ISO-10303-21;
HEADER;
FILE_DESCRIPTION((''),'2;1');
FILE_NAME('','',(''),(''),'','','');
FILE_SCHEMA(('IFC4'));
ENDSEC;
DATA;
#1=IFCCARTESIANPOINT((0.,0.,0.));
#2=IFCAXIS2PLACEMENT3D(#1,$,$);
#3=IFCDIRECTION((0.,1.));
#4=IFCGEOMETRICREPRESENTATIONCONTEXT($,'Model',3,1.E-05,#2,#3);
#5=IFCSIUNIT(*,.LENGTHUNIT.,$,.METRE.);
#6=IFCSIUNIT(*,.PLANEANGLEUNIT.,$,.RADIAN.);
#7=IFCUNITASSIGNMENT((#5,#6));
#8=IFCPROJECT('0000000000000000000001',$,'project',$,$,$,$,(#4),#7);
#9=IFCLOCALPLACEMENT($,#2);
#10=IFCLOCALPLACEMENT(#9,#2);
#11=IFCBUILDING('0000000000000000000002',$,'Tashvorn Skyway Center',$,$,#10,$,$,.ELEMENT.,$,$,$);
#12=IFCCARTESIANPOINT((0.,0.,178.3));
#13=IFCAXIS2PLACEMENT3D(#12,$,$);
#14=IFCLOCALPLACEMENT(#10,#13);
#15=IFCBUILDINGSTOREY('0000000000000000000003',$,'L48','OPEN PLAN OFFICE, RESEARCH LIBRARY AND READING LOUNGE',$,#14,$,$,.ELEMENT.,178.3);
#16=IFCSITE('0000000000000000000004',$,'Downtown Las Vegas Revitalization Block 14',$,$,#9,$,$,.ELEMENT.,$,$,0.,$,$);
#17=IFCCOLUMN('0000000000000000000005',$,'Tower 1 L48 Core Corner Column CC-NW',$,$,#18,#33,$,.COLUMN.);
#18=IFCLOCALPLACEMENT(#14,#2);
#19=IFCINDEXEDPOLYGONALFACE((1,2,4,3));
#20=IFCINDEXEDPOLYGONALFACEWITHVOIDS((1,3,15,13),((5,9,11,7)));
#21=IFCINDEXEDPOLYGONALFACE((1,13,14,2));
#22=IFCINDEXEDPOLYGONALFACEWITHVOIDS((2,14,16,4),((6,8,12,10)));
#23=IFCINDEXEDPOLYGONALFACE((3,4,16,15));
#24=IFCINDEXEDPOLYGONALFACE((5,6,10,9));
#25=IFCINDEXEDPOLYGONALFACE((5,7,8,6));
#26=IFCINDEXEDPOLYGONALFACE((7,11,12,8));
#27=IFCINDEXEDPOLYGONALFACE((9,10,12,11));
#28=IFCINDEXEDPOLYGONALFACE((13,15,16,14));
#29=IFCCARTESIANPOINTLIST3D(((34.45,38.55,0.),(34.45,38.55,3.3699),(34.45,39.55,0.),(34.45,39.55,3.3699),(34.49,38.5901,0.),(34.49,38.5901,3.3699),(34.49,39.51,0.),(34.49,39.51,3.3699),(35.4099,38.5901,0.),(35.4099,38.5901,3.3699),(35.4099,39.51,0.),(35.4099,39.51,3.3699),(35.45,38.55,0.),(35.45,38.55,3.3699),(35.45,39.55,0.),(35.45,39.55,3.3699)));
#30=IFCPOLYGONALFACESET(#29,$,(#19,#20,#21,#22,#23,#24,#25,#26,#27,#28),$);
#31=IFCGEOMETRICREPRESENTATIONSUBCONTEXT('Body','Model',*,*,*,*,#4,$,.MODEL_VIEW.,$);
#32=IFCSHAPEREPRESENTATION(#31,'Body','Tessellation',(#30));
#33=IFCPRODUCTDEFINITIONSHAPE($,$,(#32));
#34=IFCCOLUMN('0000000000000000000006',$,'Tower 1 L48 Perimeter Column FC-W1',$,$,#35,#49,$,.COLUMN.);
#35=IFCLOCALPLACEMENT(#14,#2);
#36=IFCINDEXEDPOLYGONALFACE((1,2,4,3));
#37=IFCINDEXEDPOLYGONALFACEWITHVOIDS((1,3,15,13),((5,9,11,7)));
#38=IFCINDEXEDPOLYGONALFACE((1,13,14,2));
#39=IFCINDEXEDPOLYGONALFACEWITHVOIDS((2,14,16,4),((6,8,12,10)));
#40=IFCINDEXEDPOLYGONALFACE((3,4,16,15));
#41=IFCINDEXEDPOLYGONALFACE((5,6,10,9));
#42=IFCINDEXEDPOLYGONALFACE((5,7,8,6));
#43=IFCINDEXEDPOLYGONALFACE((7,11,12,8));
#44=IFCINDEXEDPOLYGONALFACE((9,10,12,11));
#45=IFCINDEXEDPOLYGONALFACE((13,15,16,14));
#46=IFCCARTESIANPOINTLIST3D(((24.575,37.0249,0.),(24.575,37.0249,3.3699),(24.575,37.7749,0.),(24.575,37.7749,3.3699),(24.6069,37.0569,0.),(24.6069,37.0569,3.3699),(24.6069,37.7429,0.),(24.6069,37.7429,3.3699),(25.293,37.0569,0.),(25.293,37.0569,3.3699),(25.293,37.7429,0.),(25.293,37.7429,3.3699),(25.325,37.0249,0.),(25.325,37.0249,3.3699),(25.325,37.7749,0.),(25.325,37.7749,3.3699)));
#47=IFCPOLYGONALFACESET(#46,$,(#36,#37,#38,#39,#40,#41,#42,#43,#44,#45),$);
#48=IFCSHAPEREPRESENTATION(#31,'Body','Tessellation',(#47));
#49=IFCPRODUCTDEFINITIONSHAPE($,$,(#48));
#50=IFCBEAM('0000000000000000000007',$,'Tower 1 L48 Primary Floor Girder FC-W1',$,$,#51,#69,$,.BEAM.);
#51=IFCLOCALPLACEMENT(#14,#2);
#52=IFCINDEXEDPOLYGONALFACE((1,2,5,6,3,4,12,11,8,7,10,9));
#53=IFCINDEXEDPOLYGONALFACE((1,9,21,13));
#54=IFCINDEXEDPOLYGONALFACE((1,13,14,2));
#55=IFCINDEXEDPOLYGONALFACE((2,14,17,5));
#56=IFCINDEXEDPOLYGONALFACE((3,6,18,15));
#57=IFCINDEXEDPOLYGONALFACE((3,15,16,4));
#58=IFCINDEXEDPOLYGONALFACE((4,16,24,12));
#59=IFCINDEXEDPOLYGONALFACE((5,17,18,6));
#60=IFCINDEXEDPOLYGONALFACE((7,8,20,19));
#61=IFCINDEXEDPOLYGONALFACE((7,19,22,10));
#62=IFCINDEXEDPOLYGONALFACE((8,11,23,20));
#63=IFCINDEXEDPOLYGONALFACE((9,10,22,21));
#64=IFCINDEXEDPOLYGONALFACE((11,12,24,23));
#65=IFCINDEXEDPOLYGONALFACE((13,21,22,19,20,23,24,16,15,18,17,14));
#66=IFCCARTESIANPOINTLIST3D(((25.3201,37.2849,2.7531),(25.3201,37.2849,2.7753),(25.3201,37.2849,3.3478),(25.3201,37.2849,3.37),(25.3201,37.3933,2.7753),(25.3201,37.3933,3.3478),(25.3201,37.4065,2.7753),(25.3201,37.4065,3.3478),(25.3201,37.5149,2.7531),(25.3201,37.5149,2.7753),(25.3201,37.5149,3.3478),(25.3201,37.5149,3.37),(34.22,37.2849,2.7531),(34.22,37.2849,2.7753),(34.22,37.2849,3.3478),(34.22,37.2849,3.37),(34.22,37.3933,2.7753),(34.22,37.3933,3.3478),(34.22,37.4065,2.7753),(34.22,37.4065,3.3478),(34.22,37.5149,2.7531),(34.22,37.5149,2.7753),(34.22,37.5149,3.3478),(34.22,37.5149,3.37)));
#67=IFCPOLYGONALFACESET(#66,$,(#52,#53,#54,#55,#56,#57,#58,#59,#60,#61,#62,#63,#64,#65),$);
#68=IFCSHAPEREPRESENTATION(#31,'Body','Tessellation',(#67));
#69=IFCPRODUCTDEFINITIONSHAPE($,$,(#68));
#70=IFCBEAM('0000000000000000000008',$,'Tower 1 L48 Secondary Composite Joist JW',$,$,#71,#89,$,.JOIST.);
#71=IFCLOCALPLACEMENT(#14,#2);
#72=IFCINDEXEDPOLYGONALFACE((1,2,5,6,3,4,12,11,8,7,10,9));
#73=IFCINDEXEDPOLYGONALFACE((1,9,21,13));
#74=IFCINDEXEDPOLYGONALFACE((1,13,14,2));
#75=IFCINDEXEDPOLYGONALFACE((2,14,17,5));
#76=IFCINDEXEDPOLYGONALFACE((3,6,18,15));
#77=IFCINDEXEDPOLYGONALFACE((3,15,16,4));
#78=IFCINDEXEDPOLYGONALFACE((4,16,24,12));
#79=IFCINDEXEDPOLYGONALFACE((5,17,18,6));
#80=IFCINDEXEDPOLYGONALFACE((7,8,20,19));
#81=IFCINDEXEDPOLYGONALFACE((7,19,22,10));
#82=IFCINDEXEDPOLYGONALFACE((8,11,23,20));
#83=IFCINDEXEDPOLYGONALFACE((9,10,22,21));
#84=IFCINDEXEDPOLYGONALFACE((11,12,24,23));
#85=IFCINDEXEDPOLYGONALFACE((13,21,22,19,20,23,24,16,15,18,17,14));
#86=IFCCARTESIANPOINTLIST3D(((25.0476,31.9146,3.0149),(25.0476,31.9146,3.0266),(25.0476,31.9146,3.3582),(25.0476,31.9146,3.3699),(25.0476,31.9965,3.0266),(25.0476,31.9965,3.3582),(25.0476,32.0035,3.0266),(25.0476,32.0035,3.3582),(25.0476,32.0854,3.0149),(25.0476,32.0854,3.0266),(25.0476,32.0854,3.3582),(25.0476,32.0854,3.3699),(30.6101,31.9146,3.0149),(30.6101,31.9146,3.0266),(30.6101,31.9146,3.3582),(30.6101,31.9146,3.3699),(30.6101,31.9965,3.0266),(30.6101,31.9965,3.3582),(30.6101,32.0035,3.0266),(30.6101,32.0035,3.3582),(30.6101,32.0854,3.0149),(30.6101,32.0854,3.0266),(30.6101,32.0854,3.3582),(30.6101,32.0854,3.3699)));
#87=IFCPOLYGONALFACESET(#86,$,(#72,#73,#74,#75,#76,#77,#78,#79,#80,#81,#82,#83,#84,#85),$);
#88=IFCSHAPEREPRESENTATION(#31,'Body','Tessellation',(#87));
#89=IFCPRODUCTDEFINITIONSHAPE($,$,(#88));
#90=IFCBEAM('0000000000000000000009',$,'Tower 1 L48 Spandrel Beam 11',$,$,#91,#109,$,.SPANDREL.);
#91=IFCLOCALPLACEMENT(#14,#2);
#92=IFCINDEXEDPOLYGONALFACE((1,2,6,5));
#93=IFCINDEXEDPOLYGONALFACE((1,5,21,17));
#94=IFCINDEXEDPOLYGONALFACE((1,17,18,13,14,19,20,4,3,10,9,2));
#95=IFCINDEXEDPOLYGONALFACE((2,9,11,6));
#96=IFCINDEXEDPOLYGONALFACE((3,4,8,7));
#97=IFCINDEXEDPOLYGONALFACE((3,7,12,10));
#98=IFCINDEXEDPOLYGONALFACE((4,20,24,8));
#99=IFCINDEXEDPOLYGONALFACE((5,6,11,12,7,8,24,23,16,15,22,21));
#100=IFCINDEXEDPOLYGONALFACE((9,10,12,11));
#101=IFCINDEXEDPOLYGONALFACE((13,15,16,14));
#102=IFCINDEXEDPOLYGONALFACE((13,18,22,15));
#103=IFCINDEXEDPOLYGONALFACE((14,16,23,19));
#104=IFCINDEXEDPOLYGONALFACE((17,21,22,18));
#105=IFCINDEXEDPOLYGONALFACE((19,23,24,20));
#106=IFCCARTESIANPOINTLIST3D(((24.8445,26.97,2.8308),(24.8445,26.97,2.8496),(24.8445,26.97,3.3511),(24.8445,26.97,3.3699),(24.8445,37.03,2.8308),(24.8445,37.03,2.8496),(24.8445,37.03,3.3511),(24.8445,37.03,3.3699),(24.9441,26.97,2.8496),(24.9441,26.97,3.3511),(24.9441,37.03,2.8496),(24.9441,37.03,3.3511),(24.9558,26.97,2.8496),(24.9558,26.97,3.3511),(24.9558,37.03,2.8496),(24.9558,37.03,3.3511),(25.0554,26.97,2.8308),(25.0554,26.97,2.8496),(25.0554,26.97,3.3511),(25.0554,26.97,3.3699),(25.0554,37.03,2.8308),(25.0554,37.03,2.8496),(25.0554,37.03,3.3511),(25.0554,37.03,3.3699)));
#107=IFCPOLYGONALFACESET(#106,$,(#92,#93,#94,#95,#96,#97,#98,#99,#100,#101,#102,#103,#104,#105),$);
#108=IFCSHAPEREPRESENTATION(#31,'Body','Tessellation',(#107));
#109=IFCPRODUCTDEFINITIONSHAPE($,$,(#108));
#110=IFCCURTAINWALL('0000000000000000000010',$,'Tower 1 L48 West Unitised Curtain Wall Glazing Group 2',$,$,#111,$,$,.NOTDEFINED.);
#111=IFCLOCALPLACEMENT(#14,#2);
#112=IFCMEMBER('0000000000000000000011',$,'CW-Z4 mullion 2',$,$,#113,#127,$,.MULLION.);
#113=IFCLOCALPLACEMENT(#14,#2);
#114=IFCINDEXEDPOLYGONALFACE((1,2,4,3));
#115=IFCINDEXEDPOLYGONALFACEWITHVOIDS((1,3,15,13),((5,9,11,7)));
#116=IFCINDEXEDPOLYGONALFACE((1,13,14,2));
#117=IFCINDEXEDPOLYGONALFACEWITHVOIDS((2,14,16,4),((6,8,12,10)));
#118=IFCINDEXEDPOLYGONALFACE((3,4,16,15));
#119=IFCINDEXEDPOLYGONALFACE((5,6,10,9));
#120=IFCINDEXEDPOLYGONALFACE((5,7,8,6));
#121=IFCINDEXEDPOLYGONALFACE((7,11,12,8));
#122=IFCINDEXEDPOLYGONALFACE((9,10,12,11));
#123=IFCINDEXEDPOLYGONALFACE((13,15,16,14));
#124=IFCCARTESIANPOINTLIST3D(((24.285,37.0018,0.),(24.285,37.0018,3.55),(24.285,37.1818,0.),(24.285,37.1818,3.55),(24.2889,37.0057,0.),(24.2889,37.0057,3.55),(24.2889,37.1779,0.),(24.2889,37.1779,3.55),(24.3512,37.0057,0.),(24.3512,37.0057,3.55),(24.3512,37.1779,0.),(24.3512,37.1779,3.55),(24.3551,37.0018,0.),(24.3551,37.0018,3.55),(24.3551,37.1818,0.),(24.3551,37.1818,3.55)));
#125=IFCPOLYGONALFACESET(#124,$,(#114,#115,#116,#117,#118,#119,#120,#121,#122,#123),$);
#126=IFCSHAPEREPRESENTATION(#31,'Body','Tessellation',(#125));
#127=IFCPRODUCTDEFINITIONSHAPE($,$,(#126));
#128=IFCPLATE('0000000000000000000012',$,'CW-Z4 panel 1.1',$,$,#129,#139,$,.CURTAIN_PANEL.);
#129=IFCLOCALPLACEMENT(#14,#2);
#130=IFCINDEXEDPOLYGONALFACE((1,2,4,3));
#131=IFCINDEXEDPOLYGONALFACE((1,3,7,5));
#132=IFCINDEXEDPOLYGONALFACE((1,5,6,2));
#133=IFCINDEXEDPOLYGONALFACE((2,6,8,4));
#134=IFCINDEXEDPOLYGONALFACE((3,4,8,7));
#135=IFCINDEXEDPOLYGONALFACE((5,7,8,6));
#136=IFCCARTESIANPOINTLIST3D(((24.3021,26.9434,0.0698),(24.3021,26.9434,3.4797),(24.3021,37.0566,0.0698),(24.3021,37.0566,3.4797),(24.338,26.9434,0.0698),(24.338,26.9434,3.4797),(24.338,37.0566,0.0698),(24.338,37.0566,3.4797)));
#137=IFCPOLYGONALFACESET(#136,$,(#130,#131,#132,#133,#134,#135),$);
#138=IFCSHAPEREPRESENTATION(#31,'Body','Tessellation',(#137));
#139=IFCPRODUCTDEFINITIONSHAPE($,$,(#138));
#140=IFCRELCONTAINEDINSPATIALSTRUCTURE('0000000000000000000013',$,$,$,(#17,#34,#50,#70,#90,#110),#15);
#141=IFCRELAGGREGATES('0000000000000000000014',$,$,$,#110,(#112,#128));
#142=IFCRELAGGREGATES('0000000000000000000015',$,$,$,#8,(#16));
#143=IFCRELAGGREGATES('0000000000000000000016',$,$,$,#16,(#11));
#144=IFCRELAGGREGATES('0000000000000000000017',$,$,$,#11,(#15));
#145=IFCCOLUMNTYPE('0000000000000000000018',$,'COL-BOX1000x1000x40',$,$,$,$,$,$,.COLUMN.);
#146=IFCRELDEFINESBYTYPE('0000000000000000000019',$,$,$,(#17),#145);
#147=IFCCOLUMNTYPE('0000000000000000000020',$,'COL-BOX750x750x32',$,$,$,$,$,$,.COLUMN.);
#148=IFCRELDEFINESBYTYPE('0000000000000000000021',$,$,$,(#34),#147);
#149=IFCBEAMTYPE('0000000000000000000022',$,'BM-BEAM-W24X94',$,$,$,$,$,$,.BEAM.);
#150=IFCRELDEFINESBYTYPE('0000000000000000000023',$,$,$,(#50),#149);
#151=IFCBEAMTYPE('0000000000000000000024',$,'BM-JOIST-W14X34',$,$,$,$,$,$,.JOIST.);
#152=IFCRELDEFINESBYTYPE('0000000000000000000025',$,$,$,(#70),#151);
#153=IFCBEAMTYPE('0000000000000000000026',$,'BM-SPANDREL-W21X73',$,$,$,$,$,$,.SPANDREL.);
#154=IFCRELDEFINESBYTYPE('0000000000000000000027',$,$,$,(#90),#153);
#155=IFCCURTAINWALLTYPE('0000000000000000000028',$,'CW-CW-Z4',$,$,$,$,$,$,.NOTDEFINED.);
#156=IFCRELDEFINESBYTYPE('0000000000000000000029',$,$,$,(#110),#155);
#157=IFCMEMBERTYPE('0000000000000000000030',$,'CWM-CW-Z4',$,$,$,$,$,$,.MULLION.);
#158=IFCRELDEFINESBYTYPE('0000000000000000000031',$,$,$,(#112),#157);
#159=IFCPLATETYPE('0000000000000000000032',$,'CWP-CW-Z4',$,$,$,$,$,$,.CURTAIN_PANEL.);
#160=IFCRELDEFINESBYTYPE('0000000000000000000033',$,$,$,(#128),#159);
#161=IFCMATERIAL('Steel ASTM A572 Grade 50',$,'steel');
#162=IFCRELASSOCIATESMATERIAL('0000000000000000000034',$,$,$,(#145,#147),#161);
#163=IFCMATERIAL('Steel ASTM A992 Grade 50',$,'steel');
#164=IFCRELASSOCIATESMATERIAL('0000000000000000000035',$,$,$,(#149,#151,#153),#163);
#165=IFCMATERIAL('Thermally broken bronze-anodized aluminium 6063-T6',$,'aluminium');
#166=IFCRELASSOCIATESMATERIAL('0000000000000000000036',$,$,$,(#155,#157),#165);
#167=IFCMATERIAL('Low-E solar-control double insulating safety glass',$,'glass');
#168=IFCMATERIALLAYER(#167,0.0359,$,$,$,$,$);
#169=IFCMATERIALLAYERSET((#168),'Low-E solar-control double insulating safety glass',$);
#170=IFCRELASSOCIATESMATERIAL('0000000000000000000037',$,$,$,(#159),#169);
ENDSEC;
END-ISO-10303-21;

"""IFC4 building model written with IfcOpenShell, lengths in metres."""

from ifc_helpers import new_model, si_unit, direction, frame, origin, origin_2d, place, context, subcontext, project, spatial, rectangle, hollow_rectangle, i_section, extrude, material, layer, layer_set, material_profile, profile_set, type_object, element, aggregate, save


model = new_model("IFC4")

# Units and contexts
model_context = context("Model", 3, precision=1e-05, world=origin(), true_north=direction((0.0, 1.0)))
body_context = subcontext(model_context, "Body", "Model", "MODEL_VIEW")
ifc_project = project(units=[si_unit("LENGTHUNIT", "METRE"), si_unit("PLANEANGLEUNIT", "RADIAN")], contexts=[model_context])

# Site, building, storey
site_placement = place(None, origin())
site = spatial("IfcSite", under=ifc_project, at=site_placement, Name="Downtown Las Vegas Revitalization Block 14", CompositionType="ELEMENT", RefElevation=0.0)
building_placement = place(site_placement, origin())
building = spatial("IfcBuilding", under=site, at=building_placement, Name="Tashvorn Skyway Center", CompositionType="ELEMENT")
storey_placement = place(building_placement, frame((0.0, 0.0, 178.3)))
storey = spatial("IfcBuildingStorey", under=building, at=storey_placement, Name="L48", Description="OPEN PLAN OFFICE, RESEARCH LIBRARY AND READING LOUNGE", CompositionType="ELEMENT", Elevation=178.3)

# Columns
ifc_material_1 = material(Name="Steel ASTM A572 Grade 50", Category="steel")
ifc_material_profile_1 = material_profile(ifc_material_1, hollow_rectangle(XDim=1.0, YDim=1.0, WallThickness=0.04, at=origin_2d()), Name="BOX1000x1000x40")
ifc_profile_set_1 = profile_set([ifc_material_profile_1], Name="Steel ASTM A572 Grade 50")
column_type_1 = type_object("IfcColumnType", Name="COL-BOX1000x1000x40", PredefinedType="COLUMN", material=ifc_profile_set_1)
column_1_placement = place(storey_placement, frame((34.95, 39.05, 0.0), z_axis=(0.0, 0.0, 1.0), x_axis=(1.0, 0.0, 0.0)))
element("IfcColumn", 1, at=column_1_placement, inside=storey, type_object=column_type_1, Name="Tower 1 L48 Core Corner Column CC-NW", PredefinedType="COLUMN", context=body_context, shape_type="SweptSolid", body=[
    extrude(hollow_rectangle(XDim=1.0, YDim=1.0, WallThickness=0.04, at=origin_2d()), origin(), (0.0, 0.0, 1.0), 3.3699),
])
ifc_material_profile_2 = material_profile(ifc_material_1, hollow_rectangle(XDim=0.75, YDim=0.75, WallThickness=0.032, at=origin_2d()), Name="BOX750x750x32")
ifc_profile_set_2 = profile_set([ifc_material_profile_2], Name="Steel ASTM A572 Grade 50")
column_type_2 = type_object("IfcColumnType", Name="COL-BOX750x750x32", PredefinedType="COLUMN", material=ifc_profile_set_2)
column_2_placement = place(storey_placement, frame((24.95, 37.3999, 0.0), z_axis=(0.0, 0.0, 1.0), x_axis=(1.0, 0.0, 0.0)))
element("IfcColumn", 2, at=column_2_placement, inside=storey, type_object=column_type_2, Name="Tower 1 L48 Perimeter Column FC-W1", PredefinedType="COLUMN", context=body_context, shape_type="SweptSolid", body=[
    extrude(hollow_rectangle(XDim=0.75, YDim=0.75, WallThickness=0.032, at=origin_2d()), origin(), (0.0, 0.0, 1.0), 3.3699),
])

# Beams
ifc_material_2 = material(Name="Steel ASTM A992 Grade 50", Category="steel")
ifc_material_profile_3 = material_profile(ifc_material_2, i_section(OverallWidth=0.23, OverallDepth=0.6169, WebThickness=0.0132, FlangeThickness=0.0222, at=origin_2d()), Name="W24X94")
ifc_profile_set_3 = profile_set([ifc_material_profile_3], Name="Steel ASTM A992 Grade 50")
beam_type_1 = type_object("IfcBeamType", Name="BM-BEAM-W24X94", PredefinedType="BEAM", material=ifc_profile_set_3)
beam_1_placement = place(storey_placement, frame((25.3201, 37.3999, 3.0615), z_axis=(1.0, 0.0, 0.0), x_axis=(0.0, 1.0, 0.0)))
element("IfcBeam", 3, at=beam_1_placement, inside=storey, type_object=beam_type_1, Name="Tower 1 L48 Primary Floor Girder FC-W1", PredefinedType="BEAM", context=body_context, shape_type="SweptSolid", body=[
    extrude(i_section(OverallWidth=0.23, OverallDepth=0.6169, WebThickness=0.0132, FlangeThickness=0.0222, at=origin_2d()), origin(), (0.0, 0.0, 1.0), 8.8999),
])
ifc_material_profile_4 = material_profile(ifc_material_2, i_section(OverallWidth=0.1709, OverallDepth=0.355, WebThickness=0.0071, FlangeThickness=0.0117, at=origin_2d()), Name="W14X34")
ifc_profile_set_4 = profile_set([ifc_material_profile_4], Name="Steel ASTM A992 Grade 50")
beam_type_2 = type_object("IfcBeamType", Name="BM-JOIST-W14X34", PredefinedType="JOIST", material=ifc_profile_set_4)
beam_2_placement = place(storey_placement, frame((30.6101, 32.0, 3.1924), z_axis=(-1.0, 0.0, 0.0), x_axis=(0.0, -1.0, 0.0)))
element("IfcBeam", 4, at=beam_2_placement, inside=storey, type_object=beam_type_2, Name="Tower 1 L48 Secondary Composite Joist JW", PredefinedType="JOIST", context=body_context, shape_type="SweptSolid", body=[
    extrude(i_section(OverallWidth=0.1709, OverallDepth=0.355, WebThickness=0.0071, FlangeThickness=0.0117, at=origin_2d()), origin(), (0.0, 0.0, 1.0), 5.5625),
])
ifc_material_profile_5 = material_profile(ifc_material_2, i_section(OverallWidth=0.2109, OverallDepth=0.5391, WebThickness=0.0117, FlangeThickness=0.0188, at=origin_2d()), Name="W21X73")
ifc_profile_set_5 = profile_set([ifc_material_profile_5], Name="Steel ASTM A992 Grade 50")
beam_type_3 = type_object("IfcBeamType", Name="BM-SPANDREL-W21X73", PredefinedType="SPANDREL", material=ifc_profile_set_5)
beam_3_placement = place(storey_placement, frame((24.95, 37.03, 3.1003), z_axis=(0.0, -1.0, 0.0), x_axis=(1.0, 0.0, 0.0)))
element("IfcBeam", 5, at=beam_3_placement, inside=storey, type_object=beam_type_3, Name="Tower 1 L48 Spandrel Beam 11", PredefinedType="SPANDREL", context=body_context, shape_type="SweptSolid", body=[
    extrude(i_section(OverallWidth=0.2109, OverallDepth=0.5391, WebThickness=0.0117, FlangeThickness=0.0188, at=origin_2d()), origin(), (0.0, 0.0, 1.0), 10.0601),
])

# Curtain wall, member, plate
ifc_material_3 = material(Name="Thermally broken bronze-anodized aluminium 6063-T6", Category="aluminium")
curtain_wall_type = type_object("IfcCurtainWallType", Name="CW-CW-Z4", PredefinedType="NOTDEFINED", material=ifc_material_3)
curtain_wall_placement = place(storey_placement, origin())
curtain_wall = element("IfcCurtainWall", 6, at=curtain_wall_placement, inside=storey, type_object=curtain_wall_type, Name="Tower 1 L48 West Unitised Curtain Wall Glazing Group 2", PredefinedType="NOTDEFINED")
ifc_material_profile_6 = material_profile(ifc_material_3, hollow_rectangle(XDim=0.0701, YDim=0.1799, WallThickness=0.0039, at=origin_2d()), Name="ALU-MULL-70x180")
ifc_profile_set_6 = profile_set([ifc_material_profile_6], Name="Thermally broken bronze-anodized aluminium 6063-T6")
member_type = type_object("IfcMemberType", Name="CWM-CW-Z4", PredefinedType="MULLION", material=ifc_profile_set_6)
member_placement = place(storey_placement, frame((24.3201, 37.0918, 0.0), z_axis=(0.0, 0.0, 1.0), x_axis=(-1.0, 0.0, 0.0)))
member = element("IfcMember", 7, at=member_placement, type_object=member_type, Name="CW-Z4 mullion 2", PredefinedType="MULLION", context=body_context, shape_type="SweptSolid", body=[
    extrude(hollow_rectangle(XDim=0.0701, YDim=0.1799, WallThickness=0.0039, at=origin_2d()), origin(), (0.0, 0.0, 1.0), 3.55),
])
ifc_material_4 = material(Name="Low-E solar-control double insulating safety glass", Category="glass")
ifc_layer_1 = layer(ifc_material_4, 0.0359)
ifc_layer_set_1 = layer_set([ifc_layer_1], Name="Low-E solar-control double insulating safety glass")
plate_type = type_object("IfcPlateType", Name="CWP-CW-Z4", PredefinedType="CURTAIN_PANEL", material=ifc_layer_set_1)
plate_placement = place(storey_placement, frame((24.3201, 32.0, 0.0698), z_axis=(0.0, 0.0, 1.0), x_axis=(0.0, 1.0, 0.0)))
plate = element("IfcPlate", 8, at=plate_placement, type_object=plate_type, Name="CW-Z4 panel 1.1", PredefinedType="CURTAIN_PANEL", context=body_context, shape_type="SweptSolid", body=[
    extrude(rectangle(XDim=10.1133, YDim=0.0359, at=origin_2d()), origin(), (0.0, 0.0, 1.0), 3.4099),
])
aggregate(curtain_wall, [member, plate])

save(model, "model.ifc")
